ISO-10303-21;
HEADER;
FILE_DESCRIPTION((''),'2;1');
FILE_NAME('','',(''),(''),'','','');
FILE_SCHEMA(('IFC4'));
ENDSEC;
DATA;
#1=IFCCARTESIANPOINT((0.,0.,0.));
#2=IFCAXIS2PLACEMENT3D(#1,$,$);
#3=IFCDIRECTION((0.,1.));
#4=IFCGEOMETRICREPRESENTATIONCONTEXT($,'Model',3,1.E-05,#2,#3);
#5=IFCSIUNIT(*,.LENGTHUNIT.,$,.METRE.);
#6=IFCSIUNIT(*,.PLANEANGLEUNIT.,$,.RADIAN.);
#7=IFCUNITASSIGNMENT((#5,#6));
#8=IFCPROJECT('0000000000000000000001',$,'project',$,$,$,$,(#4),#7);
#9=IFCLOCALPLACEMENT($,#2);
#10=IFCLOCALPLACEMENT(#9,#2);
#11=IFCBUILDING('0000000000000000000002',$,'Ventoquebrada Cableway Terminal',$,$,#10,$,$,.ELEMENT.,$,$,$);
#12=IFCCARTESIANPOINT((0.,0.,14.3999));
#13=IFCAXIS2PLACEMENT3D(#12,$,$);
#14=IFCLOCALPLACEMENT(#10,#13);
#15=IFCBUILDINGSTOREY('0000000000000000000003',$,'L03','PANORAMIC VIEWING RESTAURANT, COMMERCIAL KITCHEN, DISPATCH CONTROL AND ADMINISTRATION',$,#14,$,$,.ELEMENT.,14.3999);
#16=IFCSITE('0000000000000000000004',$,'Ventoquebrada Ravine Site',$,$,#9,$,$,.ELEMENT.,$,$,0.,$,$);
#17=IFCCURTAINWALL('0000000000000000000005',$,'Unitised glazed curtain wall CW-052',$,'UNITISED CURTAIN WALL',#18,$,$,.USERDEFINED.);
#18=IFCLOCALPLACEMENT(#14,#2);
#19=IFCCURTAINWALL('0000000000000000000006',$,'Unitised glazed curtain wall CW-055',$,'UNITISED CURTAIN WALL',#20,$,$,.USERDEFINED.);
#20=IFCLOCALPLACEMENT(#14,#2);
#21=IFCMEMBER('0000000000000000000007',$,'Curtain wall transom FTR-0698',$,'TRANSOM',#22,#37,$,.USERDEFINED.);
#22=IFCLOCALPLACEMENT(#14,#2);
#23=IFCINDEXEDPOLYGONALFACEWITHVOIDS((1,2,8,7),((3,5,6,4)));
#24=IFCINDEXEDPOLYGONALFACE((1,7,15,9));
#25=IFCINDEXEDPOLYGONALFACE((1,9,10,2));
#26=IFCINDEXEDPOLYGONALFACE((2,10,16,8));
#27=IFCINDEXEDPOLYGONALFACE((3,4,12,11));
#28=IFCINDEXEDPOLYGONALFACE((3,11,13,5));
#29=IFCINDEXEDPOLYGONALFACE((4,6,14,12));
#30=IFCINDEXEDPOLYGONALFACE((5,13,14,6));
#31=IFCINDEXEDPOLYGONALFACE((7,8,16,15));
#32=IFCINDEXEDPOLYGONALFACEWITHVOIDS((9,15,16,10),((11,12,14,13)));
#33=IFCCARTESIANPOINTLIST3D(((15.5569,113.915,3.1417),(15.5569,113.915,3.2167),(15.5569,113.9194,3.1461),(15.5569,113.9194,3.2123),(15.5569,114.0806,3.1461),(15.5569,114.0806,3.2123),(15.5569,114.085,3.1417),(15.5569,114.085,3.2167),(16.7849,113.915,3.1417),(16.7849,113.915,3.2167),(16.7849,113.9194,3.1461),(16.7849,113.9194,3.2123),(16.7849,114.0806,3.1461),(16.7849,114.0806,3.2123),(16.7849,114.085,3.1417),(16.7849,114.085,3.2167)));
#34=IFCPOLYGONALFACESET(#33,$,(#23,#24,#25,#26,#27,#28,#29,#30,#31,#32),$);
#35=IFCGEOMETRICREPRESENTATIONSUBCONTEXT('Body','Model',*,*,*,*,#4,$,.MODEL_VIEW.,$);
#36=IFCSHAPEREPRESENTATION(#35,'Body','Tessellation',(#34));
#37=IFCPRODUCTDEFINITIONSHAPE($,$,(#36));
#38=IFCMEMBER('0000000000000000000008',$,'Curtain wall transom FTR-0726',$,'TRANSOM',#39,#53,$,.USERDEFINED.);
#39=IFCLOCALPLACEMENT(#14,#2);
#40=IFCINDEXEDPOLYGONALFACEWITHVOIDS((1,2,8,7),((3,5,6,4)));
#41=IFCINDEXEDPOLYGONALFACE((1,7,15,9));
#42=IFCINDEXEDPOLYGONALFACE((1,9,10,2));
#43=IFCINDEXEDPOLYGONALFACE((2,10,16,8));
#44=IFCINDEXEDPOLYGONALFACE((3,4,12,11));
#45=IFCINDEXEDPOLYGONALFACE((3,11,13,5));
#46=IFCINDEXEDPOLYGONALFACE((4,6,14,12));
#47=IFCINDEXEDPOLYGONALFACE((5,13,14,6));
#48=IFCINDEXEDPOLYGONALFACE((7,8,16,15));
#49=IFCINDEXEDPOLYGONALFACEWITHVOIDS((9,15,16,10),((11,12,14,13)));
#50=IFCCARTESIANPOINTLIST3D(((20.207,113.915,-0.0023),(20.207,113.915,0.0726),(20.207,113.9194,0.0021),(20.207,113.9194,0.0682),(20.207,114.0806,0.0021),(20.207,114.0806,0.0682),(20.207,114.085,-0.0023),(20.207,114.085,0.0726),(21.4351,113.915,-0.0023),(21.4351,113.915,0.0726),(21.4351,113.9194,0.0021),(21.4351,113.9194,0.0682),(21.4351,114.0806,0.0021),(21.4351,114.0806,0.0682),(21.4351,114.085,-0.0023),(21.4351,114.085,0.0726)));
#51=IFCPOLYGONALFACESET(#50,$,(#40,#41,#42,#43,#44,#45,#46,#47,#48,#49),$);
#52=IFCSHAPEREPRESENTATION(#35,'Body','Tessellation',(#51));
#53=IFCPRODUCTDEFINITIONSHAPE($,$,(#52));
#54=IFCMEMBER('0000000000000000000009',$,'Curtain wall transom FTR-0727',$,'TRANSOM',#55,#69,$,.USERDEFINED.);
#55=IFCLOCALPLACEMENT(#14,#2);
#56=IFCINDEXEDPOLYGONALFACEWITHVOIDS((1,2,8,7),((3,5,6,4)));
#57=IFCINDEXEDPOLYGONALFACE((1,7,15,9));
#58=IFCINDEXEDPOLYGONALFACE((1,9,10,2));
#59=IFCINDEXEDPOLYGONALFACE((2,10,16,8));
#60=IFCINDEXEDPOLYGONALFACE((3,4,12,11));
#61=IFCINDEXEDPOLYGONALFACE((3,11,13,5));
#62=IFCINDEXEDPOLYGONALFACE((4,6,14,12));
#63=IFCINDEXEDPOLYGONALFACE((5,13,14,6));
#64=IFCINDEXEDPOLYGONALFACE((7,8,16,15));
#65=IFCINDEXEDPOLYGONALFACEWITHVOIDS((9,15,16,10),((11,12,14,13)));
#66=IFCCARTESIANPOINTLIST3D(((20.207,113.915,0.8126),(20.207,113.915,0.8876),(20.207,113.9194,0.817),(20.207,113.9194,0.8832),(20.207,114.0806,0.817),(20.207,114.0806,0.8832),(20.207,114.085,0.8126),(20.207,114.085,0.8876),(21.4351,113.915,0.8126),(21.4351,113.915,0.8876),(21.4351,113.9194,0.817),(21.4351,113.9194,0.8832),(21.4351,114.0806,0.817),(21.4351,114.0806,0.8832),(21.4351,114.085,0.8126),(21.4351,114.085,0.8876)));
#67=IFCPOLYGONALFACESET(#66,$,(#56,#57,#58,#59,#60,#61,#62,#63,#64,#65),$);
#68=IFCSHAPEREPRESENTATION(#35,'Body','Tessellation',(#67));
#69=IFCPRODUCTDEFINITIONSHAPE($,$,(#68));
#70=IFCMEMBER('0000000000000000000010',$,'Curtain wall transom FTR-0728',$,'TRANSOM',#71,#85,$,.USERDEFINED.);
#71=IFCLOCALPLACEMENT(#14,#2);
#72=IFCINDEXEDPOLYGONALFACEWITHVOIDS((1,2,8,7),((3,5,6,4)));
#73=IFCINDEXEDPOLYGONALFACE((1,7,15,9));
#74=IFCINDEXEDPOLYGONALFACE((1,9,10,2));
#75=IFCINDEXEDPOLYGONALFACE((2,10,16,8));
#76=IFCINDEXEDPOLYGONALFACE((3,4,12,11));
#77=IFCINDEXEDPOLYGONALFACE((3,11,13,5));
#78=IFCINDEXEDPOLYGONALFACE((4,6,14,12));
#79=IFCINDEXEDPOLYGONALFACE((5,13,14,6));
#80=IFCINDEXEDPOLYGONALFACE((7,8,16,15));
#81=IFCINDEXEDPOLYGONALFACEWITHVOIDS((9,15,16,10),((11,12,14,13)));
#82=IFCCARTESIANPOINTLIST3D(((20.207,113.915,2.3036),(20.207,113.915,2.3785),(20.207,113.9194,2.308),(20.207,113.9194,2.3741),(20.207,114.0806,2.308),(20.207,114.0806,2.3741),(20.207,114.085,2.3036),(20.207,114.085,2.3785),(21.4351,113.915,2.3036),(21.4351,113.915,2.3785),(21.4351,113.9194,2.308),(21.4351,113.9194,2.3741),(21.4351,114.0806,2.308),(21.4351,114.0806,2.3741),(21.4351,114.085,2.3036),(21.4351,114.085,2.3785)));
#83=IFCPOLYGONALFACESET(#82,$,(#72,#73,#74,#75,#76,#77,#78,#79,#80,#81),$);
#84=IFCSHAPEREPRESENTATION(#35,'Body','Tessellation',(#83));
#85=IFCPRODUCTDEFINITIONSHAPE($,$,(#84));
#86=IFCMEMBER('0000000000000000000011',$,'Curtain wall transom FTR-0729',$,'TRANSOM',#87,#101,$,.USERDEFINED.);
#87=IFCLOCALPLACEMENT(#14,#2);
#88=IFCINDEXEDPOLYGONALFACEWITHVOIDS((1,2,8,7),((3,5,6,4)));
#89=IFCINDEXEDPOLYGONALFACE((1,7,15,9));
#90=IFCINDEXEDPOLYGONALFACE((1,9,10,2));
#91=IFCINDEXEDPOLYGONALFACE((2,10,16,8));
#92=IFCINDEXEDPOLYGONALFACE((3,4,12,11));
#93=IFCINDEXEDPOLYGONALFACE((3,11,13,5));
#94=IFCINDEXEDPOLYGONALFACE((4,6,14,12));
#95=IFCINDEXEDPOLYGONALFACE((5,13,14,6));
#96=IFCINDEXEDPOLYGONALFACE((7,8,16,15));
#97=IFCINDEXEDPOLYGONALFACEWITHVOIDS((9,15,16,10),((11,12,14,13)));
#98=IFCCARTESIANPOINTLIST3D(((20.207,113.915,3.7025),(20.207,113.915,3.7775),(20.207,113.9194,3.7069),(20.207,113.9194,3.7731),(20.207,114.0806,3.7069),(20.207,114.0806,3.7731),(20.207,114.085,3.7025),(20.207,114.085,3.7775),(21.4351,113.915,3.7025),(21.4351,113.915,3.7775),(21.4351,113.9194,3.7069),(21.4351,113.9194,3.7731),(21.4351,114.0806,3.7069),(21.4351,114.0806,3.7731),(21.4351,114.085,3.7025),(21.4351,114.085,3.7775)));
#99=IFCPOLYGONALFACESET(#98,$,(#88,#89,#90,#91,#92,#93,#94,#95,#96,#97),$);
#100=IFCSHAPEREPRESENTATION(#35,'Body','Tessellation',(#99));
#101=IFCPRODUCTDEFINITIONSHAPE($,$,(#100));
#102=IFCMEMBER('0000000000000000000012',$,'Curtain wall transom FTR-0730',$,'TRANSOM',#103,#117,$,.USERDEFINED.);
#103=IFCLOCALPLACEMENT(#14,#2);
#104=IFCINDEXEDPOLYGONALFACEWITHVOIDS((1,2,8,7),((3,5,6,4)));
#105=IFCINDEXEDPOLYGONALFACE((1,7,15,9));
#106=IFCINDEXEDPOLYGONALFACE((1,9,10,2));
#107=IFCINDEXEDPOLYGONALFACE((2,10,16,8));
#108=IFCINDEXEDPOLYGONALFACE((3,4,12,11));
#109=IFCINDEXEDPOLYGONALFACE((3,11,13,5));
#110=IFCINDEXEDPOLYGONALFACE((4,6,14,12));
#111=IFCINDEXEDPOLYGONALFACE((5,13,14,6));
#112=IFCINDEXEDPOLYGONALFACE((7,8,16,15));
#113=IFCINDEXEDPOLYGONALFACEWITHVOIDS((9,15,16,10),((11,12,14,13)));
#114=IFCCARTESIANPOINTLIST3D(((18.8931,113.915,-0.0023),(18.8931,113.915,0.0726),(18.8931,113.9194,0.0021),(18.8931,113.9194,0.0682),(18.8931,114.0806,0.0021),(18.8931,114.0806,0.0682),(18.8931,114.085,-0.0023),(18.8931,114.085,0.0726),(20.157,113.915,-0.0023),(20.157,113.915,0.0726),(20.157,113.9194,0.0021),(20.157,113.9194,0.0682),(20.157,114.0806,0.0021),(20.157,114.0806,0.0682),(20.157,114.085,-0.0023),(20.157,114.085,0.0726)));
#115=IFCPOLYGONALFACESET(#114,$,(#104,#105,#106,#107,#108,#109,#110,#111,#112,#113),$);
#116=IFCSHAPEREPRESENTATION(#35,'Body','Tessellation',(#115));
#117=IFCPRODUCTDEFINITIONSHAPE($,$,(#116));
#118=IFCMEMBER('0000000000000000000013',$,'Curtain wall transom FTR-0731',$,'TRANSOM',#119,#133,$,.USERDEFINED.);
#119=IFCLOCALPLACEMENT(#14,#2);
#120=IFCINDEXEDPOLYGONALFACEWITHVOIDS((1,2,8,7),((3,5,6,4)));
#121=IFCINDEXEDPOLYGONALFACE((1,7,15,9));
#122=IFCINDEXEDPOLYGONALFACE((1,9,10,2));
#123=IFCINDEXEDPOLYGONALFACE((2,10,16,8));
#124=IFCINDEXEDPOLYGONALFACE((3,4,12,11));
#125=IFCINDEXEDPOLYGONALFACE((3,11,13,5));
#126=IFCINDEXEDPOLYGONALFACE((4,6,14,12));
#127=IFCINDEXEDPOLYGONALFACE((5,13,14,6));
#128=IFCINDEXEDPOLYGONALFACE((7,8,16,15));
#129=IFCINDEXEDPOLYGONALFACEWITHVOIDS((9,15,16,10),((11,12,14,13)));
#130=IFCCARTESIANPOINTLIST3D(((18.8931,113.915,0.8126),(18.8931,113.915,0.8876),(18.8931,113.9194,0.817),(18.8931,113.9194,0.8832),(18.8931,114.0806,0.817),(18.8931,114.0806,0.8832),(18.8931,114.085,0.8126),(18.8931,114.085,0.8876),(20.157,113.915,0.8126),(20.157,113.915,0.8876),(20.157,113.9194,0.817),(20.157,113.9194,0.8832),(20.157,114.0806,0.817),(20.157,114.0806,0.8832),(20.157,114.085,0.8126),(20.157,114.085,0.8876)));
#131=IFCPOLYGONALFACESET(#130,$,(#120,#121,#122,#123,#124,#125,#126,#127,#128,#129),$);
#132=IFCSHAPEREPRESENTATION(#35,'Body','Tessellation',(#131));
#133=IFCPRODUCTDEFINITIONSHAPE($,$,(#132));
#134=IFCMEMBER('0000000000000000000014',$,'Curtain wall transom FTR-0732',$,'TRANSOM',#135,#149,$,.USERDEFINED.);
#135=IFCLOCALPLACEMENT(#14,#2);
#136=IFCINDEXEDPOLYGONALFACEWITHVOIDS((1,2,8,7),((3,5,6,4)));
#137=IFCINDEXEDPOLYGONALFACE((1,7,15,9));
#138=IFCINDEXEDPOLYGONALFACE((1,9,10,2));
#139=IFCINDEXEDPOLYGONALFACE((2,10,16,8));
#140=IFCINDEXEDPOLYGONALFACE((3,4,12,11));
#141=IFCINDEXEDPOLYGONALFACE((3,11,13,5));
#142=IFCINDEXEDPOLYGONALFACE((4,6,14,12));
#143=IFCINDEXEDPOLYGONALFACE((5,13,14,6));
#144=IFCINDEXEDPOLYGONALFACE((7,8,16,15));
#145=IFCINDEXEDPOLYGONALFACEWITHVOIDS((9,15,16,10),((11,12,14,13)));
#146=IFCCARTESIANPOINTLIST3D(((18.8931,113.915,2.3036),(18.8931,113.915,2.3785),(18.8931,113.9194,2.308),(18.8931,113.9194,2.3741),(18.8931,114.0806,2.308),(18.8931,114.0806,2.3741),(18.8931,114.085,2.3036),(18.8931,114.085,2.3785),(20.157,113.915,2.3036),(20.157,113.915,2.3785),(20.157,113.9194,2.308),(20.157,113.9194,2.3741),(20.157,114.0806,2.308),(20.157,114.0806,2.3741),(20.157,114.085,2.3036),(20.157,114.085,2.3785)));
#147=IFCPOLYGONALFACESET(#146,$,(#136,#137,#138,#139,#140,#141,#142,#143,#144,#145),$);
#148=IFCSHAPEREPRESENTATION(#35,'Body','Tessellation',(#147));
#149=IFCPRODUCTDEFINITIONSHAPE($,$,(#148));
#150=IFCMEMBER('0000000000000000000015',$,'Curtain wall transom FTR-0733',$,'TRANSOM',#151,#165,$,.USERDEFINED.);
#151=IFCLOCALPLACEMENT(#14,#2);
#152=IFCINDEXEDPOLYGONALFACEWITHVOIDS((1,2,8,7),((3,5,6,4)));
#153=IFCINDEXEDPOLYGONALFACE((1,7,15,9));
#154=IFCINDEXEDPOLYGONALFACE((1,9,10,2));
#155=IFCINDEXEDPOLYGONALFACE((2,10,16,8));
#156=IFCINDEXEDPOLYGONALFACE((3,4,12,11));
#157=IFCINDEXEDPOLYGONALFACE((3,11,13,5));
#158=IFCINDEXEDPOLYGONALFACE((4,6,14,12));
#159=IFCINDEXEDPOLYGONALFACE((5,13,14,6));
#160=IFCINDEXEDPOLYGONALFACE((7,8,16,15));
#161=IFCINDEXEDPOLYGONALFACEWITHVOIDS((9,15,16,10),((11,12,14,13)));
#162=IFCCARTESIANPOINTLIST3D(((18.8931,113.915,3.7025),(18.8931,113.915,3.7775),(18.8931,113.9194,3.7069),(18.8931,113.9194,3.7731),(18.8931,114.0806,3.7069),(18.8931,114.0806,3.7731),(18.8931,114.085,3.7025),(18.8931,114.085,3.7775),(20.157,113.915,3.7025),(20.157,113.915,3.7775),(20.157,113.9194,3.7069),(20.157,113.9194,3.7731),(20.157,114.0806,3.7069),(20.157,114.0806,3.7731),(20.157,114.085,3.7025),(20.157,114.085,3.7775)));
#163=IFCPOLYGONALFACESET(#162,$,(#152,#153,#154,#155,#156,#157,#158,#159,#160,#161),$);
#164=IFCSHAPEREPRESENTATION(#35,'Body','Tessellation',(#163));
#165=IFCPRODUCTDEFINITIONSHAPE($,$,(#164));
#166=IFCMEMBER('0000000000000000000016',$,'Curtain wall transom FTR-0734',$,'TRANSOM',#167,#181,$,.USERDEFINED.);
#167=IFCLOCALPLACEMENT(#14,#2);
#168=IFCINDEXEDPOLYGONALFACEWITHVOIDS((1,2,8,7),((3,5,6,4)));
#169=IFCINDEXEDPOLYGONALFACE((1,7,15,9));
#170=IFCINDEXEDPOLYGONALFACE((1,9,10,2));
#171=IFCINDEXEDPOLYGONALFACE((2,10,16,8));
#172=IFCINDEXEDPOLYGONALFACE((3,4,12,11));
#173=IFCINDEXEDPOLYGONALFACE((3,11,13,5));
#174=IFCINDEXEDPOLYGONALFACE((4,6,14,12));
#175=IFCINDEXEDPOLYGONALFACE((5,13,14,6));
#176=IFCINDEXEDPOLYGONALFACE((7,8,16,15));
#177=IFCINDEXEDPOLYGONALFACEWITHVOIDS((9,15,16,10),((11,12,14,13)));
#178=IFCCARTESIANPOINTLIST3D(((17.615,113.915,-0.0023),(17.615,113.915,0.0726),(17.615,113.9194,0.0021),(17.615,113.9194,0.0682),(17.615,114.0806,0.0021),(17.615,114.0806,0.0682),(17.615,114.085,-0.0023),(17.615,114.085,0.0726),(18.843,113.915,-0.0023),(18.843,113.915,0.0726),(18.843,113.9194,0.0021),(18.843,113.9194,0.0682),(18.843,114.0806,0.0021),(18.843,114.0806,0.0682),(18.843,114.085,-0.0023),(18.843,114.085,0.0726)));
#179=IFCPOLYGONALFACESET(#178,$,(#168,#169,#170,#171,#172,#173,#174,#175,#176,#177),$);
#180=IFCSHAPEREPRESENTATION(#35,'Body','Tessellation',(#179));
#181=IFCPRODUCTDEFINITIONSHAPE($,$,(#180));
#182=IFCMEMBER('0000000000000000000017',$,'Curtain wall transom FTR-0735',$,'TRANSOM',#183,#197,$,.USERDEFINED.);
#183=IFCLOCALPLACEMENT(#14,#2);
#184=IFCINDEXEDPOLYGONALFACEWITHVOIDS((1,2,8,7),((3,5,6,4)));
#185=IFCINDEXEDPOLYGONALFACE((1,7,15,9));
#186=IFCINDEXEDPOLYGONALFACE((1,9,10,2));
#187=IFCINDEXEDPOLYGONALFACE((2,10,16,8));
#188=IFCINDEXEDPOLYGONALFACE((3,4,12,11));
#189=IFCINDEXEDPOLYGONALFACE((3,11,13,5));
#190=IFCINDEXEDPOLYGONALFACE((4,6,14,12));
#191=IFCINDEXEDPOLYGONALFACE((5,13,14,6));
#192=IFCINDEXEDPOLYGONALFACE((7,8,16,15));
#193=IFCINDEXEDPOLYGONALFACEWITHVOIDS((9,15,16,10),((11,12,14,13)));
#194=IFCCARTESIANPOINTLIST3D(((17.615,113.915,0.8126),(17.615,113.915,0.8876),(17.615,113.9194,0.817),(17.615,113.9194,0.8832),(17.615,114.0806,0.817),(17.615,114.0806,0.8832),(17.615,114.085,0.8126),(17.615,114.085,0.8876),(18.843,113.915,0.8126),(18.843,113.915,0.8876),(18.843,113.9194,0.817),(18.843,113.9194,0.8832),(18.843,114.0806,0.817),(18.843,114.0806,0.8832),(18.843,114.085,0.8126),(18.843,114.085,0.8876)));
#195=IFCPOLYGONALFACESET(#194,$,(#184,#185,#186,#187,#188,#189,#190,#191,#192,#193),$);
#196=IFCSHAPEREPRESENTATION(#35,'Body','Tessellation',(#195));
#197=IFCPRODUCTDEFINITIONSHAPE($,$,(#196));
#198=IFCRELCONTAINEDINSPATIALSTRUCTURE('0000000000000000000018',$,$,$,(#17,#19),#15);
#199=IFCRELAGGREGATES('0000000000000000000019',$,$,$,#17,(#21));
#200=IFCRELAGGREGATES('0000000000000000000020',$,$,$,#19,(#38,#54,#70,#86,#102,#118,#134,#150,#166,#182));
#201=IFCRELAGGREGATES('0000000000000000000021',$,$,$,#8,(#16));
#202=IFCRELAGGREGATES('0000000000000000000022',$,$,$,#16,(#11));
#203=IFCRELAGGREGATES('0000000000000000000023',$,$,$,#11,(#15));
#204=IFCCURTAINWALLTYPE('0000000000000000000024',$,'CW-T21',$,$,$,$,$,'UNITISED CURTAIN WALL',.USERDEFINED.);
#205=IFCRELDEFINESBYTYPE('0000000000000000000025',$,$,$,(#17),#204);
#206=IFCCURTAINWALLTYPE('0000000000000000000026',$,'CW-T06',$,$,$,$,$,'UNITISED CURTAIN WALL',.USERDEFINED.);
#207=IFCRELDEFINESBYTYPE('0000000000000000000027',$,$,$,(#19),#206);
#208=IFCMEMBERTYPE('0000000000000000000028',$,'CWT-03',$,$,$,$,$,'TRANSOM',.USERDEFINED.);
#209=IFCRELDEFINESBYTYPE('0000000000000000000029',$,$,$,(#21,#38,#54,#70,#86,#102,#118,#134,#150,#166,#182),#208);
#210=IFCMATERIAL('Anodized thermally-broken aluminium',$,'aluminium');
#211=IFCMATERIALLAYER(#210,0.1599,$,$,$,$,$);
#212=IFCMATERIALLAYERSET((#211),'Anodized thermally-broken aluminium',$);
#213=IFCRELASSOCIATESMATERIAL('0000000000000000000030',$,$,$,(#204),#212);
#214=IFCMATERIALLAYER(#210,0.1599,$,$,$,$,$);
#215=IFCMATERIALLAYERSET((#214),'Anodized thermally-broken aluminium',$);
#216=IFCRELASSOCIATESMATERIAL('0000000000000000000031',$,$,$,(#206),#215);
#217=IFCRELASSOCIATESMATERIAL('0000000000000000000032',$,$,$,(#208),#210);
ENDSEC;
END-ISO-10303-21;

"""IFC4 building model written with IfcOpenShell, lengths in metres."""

from ifc_helpers import new_model, si_unit, direction, frame, origin, origin_2d, place, context, subcontext, project, spatial, hollow_rectangle, extrude, material, layer, layer_set, material_profile, profile_set, type_object, element, aggregate, save


model = new_model("IFC4")

# Units and contexts
model_context = context("Model", 3, precision=1e-05, world=origin(), true_north=direction((0.0, 1.0)))
body_context = subcontext(model_context, "Body", "Model", "MODEL_VIEW")
ifc_project = project(units=[si_unit("LENGTHUNIT", "METRE"), si_unit("PLANEANGLEUNIT", "RADIAN")], contexts=[model_context])

# Site, building, storey
site_placement = place(None, origin())
site = spatial("IfcSite", under=ifc_project, at=site_placement, Name="Ventoquebrada Ravine Site", CompositionType="ELEMENT", RefElevation=0.0)
building_placement = place(site_placement, origin())
building = spatial("IfcBuilding", under=site, at=building_placement, Name="Ventoquebrada Cableway Terminal", CompositionType="ELEMENT")
storey_placement = place(building_placement, frame((0.0, 0.0, 14.3999)))
storey = spatial("IfcBuildingStorey", under=building, at=storey_placement, Name="L03", Description="PANORAMIC VIEWING RESTAURANT, COMMERCIAL KITCHEN, DISPATCH CONTROL AND ADMINISTRATION", CompositionType="ELEMENT", Elevation=14.3999)

# Curtain wall
ifc_material_1 = material(Name="Anodized thermally-broken aluminium", Category="aluminium")
ifc_layer_1 = layer(ifc_material_1, 0.1599)
ifc_layer_set_1 = layer_set([ifc_layer_1], Name="Anodized thermally-broken aluminium")
curtain_wall_type_1 = type_object("IfcCurtainWallType", Name="CW-T21", ElementType="UNITISED CURTAIN WALL", PredefinedType="USERDEFINED", material=ifc_layer_set_1)
curtain_wall_1_placement = place(storey_placement, origin())
curtain_wall_1 = element("IfcCurtainWall", 1, at=curtain_wall_1_placement, inside=storey, type_object=curtain_wall_type_1, Name="Unitised glazed curtain wall CW-052", ObjectType="UNITISED CURTAIN WALL", PredefinedType="USERDEFINED")

# Shared definitions
ifc_layer_2 = layer(ifc_material_1, 0.1599)
ifc_layer_set_2 = layer_set([ifc_layer_2], Name="Anodized thermally-broken aluminium")
curtain_wall_type_2 = type_object("IfcCurtainWallType", Name="CW-T06", ElementType="UNITISED CURTAIN WALL", PredefinedType="USERDEFINED", material=ifc_layer_set_2)

# Curtain wall
curtain_wall_2_placement = place(storey_placement, origin())
curtain_wall_2 = element("IfcCurtainWall", 2, at=curtain_wall_2_placement, inside=storey, type_object=curtain_wall_type_2, Name="Unitised glazed curtain wall CW-055", ObjectType="UNITISED CURTAIN WALL", PredefinedType="USERDEFINED")

# Members
ifc_material_profile_1 = material_profile(ifc_material_1, hollow_rectangle(XDim=0.075, YDim=0.1699, WallThickness=0.0044, at=origin_2d()), Name="CW-TRN-75X170")
ifc_profile_set_1 = profile_set([ifc_material_profile_1], Name="Anodized thermally-broken aluminium")
member_type_1 = type_object("IfcMemberType", Name="CWT-03", ElementType="TRANSOM", PredefinedType="USERDEFINED", material=ifc_profile_set_1)
member_1_placement = place(storey_placement, frame((16.7849, 114.0, 3.1792), z_axis=(-1.0, 0.0, 0.0), x_axis=(0.0, 0.0, 1.0)))
member_1 = element("IfcMember", 3, at=member_1_placement, type_object=member_type_1, Name="Curtain wall transom FTR-0698", ObjectType="TRANSOM", PredefinedType="USERDEFINED", context=body_context, shape_type="SweptSolid", body=[
    extrude(hollow_rectangle(XDim=0.075, YDim=0.1699, WallThickness=0.0044, at=origin_2d()), origin(), (0.0, 0.0, 1.0), 1.228),
])
member_2_placement = place(storey_placement, frame((21.4351, 114.0, 0.0352), z_axis=(-1.0, 0.0, 0.0), x_axis=(0.0, 0.0, 1.0)))
member_2 = element("IfcMember", 4, at=member_2_placement, type_object=member_type_1, Name="Curtain wall transom FTR-0726", ObjectType="TRANSOM", PredefinedType="USERDEFINED", context=body_context, shape_type="SweptSolid", body=[
    extrude(hollow_rectangle(XDim=0.075, YDim=0.1699, WallThickness=0.0044, at=origin_2d()), origin(), (0.0, 0.0, 1.0), 1.228),
])
member_3_placement = place(storey_placement, frame((21.4351, 114.0, 0.8501), z_axis=(-1.0, 0.0, 0.0), x_axis=(0.0, 0.0, 1.0)))
member_3 = element("IfcMember", 5, at=member_3_placement, type_object=member_type_1, Name="Curtain wall transom FTR-0727", ObjectType="TRANSOM", PredefinedType="USERDEFINED", context=body_context, shape_type="SweptSolid", body=[
    extrude(hollow_rectangle(XDim=0.075, YDim=0.1699, WallThickness=0.0044, at=origin_2d()), origin(), (0.0, 0.0, 1.0), 1.228),
])
member_4_placement = place(storey_placement, frame((21.4351, 114.0, 2.3411), z_axis=(-1.0, 0.0, 0.0), x_axis=(0.0, 0.0, 1.0)))
member_4 = element("IfcMember", 6, at=member_4_placement, type_object=member_type_1, Name="Curtain wall transom FTR-0728", ObjectType="TRANSOM", PredefinedType="USERDEFINED", context=body_context, shape_type="SweptSolid", body=[
    extrude(hollow_rectangle(XDim=0.075, YDim=0.1699, WallThickness=0.0044, at=origin_2d()), origin(), (0.0, 0.0, 1.0), 1.228),
])
member_5_placement = place(storey_placement, frame((21.4351, 114.0, 3.74), z_axis=(-1.0, 0.0, 0.0), x_axis=(0.0, 0.0, 1.0)))
member_5 = element("IfcMember", 7, at=member_5_placement, type_object=member_type_1, Name="Curtain wall transom FTR-0729", ObjectType="TRANSOM", PredefinedType="USERDEFINED", context=body_context, shape_type="SweptSolid", body=[
    extrude(hollow_rectangle(XDim=0.075, YDim=0.1699, WallThickness=0.0044, at=origin_2d()), origin(), (0.0, 0.0, 1.0), 1.228),
])
member_6_placement = place(storey_placement, frame((20.157, 114.0, 0.0352), z_axis=(-1.0, 0.0, 0.0), x_axis=(0.0, 0.0, 1.0)))
member_6 = element("IfcMember", 8, at=member_6_placement, type_object=member_type_1, Name="Curtain wall transom FTR-0730", ObjectType="TRANSOM", PredefinedType="USERDEFINED", context=body_context, shape_type="SweptSolid", body=[
    extrude(hollow_rectangle(XDim=0.075, YDim=0.1699, WallThickness=0.0044, at=origin_2d()), origin(), (0.0, 0.0, 1.0), 1.2639),
])
member_7_placement = place(storey_placement, frame((20.157, 114.0, 0.8501), z_axis=(-1.0, 0.0, 0.0), x_axis=(0.0, 0.0, 1.0)))
member_7 = element("IfcMember", 9, at=member_7_placement, type_object=member_type_1, Name="Curtain wall transom FTR-0731", ObjectType="TRANSOM", PredefinedType="USERDEFINED", context=body_context, shape_type="SweptSolid", body=[
    extrude(hollow_rectangle(XDim=0.075, YDim=0.1699, WallThickness=0.0044, at=origin_2d()), origin(), (0.0, 0.0, 1.0), 1.2639),
])
member_8_placement = place(storey_placement, frame((20.157, 114.0, 2.3411), z_axis=(-1.0, 0.0, 0.0), x_axis=(0.0, 0.0, 1.0)))
member_8 = element("IfcMember", 10, at=member_8_placement, type_object=member_type_1, Name="Curtain wall transom FTR-0732", ObjectType="TRANSOM", PredefinedType="USERDEFINED", context=body_context, shape_type="SweptSolid", body=[
    extrude(hollow_rectangle(XDim=0.075, YDim=0.1699, WallThickness=0.0044, at=origin_2d()), origin(), (0.0, 0.0, 1.0), 1.2639),
])
member_9_placement = place(storey_placement, frame((20.157, 114.0, 3.74), z_axis=(-1.0, 0.0, 0.0), x_axis=(0.0, 0.0, 1.0)))
member_9 = element("IfcMember", 11, at=member_9_placement, type_object=member_type_1, Name="Curtain wall transom FTR-0733", ObjectType="TRANSOM", PredefinedType="USERDEFINED", context=body_context, shape_type="SweptSolid", body=[
    extrude(hollow_rectangle(XDim=0.075, YDim=0.1699, WallThickness=0.0044, at=origin_2d()), origin(), (0.0, 0.0, 1.0), 1.2639),
])
member_10_placement = place(storey_placement, frame((18.843, 114.0, 0.0352), z_axis=(-1.0, 0.0, 0.0), x_axis=(0.0, 0.0, 1.0)))
member_10 = element("IfcMember", 12, at=member_10_placement, type_object=member_type_1, Name="Curtain wall transom FTR-0734", ObjectType="TRANSOM", PredefinedType="USERDEFINED", context=body_context, shape_type="SweptSolid", body=[
    extrude(hollow_rectangle(XDim=0.075, YDim=0.1699, WallThickness=0.0044, at=origin_2d()), origin(), (0.0, 0.0, 1.0), 1.228),
])
member_11_placement = place(storey_placement, frame((18.843, 114.0, 0.8501), z_axis=(-1.0, 0.0, 0.0), x_axis=(0.0, 0.0, 1.0)))
member_11 = element("IfcMember", 13, at=member_11_placement, type_object=member_type_1, Name="Curtain wall transom FTR-0735", ObjectType="TRANSOM", PredefinedType="USERDEFINED", context=body_context, shape_type="SweptSolid", body=[
    extrude(hollow_rectangle(XDim=0.075, YDim=0.1699, WallThickness=0.0044, at=origin_2d()), origin(), (0.0, 0.0, 1.0), 1.228),
])

aggregate(curtain_wall_1, [member_1])
aggregate(curtain_wall_2, [member_2, member_3, member_4, member_5, member_6, member_7, member_8, member_9, member_10, member_11])

save(model, "model.ifc")
